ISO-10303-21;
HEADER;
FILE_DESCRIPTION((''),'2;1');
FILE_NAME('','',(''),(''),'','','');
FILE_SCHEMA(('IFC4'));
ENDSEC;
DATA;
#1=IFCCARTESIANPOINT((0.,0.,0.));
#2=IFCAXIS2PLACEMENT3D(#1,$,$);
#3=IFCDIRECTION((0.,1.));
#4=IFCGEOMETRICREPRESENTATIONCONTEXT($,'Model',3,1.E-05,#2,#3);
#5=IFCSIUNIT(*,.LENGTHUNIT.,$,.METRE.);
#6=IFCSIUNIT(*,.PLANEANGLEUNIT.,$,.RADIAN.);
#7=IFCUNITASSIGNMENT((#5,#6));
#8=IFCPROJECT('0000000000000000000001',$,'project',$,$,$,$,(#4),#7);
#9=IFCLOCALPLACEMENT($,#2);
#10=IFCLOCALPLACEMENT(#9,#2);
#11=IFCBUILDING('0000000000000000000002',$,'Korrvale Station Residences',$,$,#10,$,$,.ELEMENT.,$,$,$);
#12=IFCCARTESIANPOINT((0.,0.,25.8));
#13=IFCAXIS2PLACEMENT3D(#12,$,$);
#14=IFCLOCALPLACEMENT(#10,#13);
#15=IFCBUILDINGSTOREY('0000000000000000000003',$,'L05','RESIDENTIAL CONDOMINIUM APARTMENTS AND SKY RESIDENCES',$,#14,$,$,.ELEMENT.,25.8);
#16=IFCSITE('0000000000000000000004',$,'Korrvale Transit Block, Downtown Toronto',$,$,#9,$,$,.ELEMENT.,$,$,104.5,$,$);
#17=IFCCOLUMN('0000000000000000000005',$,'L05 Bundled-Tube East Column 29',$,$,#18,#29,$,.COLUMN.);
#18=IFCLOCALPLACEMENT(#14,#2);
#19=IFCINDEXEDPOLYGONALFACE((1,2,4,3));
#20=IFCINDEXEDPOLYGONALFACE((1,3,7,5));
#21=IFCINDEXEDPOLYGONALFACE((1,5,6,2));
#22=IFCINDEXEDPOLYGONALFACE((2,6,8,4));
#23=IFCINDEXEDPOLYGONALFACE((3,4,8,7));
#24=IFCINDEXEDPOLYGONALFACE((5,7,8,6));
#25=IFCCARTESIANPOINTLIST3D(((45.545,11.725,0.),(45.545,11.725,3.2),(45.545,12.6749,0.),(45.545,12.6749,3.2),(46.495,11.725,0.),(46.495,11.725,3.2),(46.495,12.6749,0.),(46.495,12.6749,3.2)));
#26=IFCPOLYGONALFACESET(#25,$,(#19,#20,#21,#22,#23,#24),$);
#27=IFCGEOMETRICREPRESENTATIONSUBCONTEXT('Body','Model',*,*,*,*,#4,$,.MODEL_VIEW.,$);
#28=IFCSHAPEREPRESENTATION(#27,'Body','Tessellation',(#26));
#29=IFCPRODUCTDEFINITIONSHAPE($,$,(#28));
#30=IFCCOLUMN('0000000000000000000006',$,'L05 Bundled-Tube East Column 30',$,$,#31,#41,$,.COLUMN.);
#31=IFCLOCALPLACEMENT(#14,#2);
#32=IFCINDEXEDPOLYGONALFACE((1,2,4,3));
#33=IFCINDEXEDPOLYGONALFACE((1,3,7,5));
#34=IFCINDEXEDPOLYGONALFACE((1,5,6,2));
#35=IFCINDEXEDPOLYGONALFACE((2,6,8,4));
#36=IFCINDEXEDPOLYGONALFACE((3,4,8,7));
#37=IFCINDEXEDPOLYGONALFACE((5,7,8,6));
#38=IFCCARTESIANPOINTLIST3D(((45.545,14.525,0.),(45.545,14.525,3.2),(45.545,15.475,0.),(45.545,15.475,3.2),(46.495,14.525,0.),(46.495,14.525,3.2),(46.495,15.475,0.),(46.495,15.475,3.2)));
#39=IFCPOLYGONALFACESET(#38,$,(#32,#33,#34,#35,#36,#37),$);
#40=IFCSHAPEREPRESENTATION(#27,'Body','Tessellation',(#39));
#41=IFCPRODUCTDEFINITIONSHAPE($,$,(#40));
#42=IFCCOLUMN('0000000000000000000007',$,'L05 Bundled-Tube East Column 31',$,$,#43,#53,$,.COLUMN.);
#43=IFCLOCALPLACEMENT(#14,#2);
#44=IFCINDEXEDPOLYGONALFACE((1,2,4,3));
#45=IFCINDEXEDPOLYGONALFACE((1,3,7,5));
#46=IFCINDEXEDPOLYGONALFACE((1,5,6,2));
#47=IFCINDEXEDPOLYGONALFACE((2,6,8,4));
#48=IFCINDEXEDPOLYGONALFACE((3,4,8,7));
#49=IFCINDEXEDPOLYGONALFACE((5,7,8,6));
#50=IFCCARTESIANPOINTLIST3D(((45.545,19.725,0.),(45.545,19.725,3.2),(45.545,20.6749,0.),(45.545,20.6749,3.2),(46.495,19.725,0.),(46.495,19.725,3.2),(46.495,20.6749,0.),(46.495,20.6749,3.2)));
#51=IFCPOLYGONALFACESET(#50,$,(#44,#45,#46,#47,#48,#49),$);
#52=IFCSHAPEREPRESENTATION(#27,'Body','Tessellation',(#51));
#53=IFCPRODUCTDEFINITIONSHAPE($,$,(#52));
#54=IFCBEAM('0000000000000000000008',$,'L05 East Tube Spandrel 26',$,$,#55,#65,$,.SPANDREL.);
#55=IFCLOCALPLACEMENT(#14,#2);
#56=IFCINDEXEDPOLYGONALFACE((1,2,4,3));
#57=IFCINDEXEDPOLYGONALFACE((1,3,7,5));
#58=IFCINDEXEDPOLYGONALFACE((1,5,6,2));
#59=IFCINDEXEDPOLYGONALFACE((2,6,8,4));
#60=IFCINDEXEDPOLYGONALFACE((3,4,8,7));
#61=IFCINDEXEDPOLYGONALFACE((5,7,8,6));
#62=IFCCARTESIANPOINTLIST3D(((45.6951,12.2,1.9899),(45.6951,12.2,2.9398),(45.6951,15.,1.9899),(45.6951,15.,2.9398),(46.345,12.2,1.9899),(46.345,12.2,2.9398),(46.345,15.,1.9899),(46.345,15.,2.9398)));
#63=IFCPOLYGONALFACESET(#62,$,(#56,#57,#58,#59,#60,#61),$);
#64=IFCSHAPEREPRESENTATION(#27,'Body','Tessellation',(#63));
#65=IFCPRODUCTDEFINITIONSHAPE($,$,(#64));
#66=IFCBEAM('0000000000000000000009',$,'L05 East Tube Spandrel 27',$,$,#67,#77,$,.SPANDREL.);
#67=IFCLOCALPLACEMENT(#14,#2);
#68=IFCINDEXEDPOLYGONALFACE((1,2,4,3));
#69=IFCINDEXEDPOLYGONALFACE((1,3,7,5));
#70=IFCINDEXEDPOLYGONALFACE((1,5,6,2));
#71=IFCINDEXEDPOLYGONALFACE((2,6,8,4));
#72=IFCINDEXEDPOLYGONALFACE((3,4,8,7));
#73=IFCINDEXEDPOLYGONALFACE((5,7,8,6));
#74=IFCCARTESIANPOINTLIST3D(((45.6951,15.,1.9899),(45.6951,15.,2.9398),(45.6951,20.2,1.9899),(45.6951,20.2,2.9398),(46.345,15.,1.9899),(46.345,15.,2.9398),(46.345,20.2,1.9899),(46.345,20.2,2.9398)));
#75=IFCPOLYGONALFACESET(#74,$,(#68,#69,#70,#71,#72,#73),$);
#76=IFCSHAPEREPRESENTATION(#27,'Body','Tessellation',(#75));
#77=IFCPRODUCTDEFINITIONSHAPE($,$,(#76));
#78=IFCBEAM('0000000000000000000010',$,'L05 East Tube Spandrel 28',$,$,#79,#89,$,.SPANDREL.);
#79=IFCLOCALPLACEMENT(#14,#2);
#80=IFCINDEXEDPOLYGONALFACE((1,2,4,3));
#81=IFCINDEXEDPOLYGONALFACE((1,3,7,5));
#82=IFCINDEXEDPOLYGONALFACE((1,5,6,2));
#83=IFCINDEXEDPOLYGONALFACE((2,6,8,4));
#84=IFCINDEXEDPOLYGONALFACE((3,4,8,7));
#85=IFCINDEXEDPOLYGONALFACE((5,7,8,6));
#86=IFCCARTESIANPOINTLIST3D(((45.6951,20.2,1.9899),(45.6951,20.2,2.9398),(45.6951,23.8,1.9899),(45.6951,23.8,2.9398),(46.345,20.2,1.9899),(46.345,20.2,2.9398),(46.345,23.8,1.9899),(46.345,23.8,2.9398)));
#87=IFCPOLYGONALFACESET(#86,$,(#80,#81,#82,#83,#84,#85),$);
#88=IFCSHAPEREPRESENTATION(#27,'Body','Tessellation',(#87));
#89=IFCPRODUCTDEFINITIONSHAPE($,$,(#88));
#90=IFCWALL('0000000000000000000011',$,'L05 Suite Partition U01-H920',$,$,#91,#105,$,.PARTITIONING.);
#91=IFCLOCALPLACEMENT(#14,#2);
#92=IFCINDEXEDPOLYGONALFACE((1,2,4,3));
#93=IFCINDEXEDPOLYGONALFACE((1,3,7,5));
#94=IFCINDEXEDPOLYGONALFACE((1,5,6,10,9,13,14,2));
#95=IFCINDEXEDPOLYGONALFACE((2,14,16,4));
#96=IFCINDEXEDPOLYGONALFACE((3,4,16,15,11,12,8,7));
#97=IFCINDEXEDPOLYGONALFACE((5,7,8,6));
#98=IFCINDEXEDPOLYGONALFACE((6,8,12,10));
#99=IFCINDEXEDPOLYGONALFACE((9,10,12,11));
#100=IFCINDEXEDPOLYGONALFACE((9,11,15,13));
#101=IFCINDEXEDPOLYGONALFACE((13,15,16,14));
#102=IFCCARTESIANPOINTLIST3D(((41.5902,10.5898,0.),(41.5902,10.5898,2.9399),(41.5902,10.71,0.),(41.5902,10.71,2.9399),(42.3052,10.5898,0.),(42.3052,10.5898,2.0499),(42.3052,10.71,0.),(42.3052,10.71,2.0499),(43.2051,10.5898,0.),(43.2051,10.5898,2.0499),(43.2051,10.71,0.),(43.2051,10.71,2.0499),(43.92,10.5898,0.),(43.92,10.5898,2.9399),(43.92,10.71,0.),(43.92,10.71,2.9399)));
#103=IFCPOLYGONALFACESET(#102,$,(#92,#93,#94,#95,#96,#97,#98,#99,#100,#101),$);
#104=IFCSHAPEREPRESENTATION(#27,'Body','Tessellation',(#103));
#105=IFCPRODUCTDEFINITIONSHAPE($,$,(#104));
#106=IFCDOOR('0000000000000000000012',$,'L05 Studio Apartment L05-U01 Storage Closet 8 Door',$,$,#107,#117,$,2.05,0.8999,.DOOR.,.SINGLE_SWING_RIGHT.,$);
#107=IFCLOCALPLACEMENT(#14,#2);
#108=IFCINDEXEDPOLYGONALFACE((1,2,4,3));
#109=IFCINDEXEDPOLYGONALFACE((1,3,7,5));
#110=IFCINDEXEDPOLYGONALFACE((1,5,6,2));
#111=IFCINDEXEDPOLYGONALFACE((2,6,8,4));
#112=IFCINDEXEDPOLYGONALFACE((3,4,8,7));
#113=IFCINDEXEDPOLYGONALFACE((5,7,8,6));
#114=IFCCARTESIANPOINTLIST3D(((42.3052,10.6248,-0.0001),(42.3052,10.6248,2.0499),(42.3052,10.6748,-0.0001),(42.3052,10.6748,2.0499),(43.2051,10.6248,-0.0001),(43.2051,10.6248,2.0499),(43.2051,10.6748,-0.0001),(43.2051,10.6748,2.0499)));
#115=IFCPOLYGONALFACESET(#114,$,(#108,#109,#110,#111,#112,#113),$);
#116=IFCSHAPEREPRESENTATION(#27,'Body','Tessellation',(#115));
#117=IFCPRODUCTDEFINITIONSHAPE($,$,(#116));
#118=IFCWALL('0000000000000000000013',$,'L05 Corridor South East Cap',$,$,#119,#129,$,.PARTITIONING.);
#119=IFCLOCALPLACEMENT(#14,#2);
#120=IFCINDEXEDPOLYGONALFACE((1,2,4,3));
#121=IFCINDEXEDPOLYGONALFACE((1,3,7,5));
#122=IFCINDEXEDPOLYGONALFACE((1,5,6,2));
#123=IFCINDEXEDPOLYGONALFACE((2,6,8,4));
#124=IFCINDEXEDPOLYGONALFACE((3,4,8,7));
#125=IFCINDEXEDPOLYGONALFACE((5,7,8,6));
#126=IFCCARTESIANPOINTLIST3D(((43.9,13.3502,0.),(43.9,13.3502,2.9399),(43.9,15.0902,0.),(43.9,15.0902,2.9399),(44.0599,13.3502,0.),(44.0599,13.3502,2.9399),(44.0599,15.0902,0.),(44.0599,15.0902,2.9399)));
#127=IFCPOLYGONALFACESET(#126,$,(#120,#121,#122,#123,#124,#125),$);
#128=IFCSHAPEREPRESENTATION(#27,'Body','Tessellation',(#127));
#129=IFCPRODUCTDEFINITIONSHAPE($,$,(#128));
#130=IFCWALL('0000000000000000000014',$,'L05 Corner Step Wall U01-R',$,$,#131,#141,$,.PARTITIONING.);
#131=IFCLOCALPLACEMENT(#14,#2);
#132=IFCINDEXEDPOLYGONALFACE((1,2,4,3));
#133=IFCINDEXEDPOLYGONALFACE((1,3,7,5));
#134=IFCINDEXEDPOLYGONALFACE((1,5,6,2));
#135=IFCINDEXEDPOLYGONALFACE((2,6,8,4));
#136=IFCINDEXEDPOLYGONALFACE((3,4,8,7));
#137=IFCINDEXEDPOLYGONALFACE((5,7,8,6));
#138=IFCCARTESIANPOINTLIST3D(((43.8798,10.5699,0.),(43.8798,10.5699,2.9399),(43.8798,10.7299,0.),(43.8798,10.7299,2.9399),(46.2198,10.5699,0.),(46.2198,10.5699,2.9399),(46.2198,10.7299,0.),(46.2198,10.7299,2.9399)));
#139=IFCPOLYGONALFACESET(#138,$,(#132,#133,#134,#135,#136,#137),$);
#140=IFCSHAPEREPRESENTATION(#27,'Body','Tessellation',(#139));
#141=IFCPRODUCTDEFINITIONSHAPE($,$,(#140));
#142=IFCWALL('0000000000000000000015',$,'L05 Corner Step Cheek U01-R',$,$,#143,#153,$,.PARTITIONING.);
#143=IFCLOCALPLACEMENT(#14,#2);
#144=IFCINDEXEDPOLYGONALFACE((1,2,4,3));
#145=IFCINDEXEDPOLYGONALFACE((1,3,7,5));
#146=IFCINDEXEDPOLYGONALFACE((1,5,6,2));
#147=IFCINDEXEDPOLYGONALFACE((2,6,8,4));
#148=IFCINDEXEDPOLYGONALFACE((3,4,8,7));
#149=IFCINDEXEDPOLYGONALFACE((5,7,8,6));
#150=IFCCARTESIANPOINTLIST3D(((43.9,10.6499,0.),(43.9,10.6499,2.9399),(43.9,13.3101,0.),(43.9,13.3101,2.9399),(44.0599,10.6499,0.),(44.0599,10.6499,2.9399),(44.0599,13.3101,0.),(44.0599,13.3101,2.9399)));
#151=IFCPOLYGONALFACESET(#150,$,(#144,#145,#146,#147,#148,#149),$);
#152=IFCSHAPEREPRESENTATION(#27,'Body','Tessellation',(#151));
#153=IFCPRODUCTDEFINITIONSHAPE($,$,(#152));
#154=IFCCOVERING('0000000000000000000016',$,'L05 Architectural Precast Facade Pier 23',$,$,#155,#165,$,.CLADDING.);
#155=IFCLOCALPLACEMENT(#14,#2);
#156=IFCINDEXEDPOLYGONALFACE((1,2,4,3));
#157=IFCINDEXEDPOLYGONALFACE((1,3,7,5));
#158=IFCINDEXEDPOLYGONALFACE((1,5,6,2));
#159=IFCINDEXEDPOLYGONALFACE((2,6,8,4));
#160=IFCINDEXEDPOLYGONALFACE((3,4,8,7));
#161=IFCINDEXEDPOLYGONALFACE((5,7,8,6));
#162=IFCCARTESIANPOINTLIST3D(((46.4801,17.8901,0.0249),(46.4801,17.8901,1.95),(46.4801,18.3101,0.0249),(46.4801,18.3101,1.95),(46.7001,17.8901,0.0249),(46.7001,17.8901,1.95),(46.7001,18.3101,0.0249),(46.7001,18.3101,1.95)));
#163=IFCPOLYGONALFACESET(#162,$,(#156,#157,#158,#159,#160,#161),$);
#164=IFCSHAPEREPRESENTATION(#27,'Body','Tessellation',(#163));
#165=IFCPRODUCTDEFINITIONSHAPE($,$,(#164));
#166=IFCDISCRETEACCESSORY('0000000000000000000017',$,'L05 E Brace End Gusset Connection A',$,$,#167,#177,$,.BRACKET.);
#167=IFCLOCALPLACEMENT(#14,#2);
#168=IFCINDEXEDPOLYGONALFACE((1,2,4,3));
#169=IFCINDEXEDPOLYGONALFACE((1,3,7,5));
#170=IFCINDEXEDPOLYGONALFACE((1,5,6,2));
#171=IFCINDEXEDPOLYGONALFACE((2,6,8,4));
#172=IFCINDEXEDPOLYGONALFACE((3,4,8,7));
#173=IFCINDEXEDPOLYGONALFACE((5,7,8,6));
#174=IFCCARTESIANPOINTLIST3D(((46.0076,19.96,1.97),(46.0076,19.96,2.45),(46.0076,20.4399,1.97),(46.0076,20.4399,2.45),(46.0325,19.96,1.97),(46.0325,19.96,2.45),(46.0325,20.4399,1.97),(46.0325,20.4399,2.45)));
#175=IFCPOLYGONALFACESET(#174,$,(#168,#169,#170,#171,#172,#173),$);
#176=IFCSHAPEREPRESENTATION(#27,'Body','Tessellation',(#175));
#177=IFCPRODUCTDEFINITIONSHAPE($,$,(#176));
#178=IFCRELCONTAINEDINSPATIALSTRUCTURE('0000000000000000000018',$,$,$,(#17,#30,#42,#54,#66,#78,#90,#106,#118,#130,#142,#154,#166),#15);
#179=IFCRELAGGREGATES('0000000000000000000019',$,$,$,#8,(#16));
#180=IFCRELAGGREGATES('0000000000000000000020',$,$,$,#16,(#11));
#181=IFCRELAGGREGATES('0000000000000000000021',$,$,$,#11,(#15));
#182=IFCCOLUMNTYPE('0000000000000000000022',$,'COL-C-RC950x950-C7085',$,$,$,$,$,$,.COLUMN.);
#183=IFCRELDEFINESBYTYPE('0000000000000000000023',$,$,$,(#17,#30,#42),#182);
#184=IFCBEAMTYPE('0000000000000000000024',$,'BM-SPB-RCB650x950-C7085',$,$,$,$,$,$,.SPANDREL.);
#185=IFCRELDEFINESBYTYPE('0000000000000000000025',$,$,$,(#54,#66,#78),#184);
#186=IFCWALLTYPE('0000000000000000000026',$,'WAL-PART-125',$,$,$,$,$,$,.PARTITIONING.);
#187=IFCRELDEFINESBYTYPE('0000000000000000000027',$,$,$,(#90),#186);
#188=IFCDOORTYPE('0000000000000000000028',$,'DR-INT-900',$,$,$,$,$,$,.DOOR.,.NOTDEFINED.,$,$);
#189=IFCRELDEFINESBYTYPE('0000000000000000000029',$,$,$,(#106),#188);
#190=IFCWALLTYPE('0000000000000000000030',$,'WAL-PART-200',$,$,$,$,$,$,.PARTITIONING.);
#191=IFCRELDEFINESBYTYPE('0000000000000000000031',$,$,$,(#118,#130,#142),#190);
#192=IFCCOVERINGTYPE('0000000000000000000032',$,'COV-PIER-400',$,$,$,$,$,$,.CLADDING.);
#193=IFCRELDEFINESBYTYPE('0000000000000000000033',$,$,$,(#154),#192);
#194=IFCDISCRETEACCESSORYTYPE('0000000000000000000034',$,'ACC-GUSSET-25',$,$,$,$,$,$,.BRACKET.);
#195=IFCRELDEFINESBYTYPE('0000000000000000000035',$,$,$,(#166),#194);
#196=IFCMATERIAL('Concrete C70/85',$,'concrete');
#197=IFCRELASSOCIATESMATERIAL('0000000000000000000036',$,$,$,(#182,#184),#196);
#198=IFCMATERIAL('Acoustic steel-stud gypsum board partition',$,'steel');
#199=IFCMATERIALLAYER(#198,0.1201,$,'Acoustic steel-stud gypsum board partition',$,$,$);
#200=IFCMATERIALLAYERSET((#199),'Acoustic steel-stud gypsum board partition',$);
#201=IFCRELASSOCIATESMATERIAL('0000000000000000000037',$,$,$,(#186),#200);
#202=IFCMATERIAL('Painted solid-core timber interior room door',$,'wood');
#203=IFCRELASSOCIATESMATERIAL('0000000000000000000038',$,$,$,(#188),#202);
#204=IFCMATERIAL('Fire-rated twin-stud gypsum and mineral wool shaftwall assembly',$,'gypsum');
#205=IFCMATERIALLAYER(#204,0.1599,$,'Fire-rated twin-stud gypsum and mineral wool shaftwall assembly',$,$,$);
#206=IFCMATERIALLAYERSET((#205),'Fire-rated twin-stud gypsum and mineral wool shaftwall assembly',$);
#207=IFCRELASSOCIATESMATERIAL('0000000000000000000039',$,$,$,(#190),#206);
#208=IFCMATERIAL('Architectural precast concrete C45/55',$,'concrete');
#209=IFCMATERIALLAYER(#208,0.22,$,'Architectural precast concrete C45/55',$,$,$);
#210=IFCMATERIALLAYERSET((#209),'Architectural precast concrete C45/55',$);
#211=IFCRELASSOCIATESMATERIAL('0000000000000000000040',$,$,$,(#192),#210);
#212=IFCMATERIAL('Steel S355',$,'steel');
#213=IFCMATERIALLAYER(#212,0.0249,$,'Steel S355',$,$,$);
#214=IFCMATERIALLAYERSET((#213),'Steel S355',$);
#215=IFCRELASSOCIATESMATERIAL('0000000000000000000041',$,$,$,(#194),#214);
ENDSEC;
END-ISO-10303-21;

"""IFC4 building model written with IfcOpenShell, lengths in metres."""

from ifc_helpers import new_model, si_unit, direction, frame, frame_2d, origin, origin_2d, place, context, subcontext, project, spatial, rectangle, extrude, material, layer, layer_set, material_profile, profile_set, type_object, element, fill, save


model = new_model("IFC4")

# Units and contexts
model_context = context("Model", 3, precision=1e-05, world=origin(), true_north=direction((0.0, 1.0)))
body_context = subcontext(model_context, "Body", "Model", "MODEL_VIEW")
ifc_project = project(units=[si_unit("LENGTHUNIT", "METRE"), si_unit("PLANEANGLEUNIT", "RADIAN")], contexts=[model_context])

# Site, building, storey
site_placement = place(None, origin())
site = spatial("IfcSite", under=ifc_project, at=site_placement, Name="Korrvale Transit Block, Downtown Toronto", CompositionType="ELEMENT", RefElevation=104.5)
building_placement = place(site_placement, origin())
building = spatial("IfcBuilding", under=site, at=building_placement, Name="Korrvale Station Residences", CompositionType="ELEMENT")
storey_placement = place(building_placement, frame((0.0, 0.0, 25.8)))
storey = spatial("IfcBuildingStorey", under=building, at=storey_placement, Name="L05", Description="RESIDENTIAL CONDOMINIUM APARTMENTS AND SKY RESIDENCES", CompositionType="ELEMENT", Elevation=25.8)

# Columns
ifc_material_1 = material(Name="Concrete C70/85", Category="concrete")
ifc_material_profile_1 = material_profile(ifc_material_1, rectangle(XDim=0.95, YDim=0.95, at=origin_2d()), Name="RC950x950")
ifc_profile_set_1 = profile_set([ifc_material_profile_1], Name="Concrete C70/85")
column_type = type_object("IfcColumnType", Name="COL-C-RC950x950-C7085", PredefinedType="COLUMN", material=ifc_profile_set_1)
for number, where, z_axis, x_axis, name in (
    (1, (46.02, 12.2, 0.0), (0.0, 0.0, 1.0), (1.0, 0.0, 0.0), "L05 Bundled-Tube East Column 29"),
    (2, (46.02, 15.0, 0.0), (0.0, 0.0, 1.0), (1.0, 0.0, 0.0), "L05 Bundled-Tube East Column 30"),
    (3, (46.02, 20.2, 0.0), (0.0, 0.0, 1.0), (1.0, 0.0, 0.0), "L05 Bundled-Tube East Column 31"),
):
    element("IfcColumn", number, at=place(storey_placement, frame(where, z_axis=z_axis, x_axis=x_axis)), inside=storey, type_object=column_type, Name=name, PredefinedType="COLUMN", context=body_context, shape_type="SweptSolid", body=[
        extrude(rectangle(XDim=0.95, YDim=0.95, at=origin_2d()), origin(), (0.0, 0.0, 1.0), 3.2),
    ])

# Beams
ifc_material_profile_2 = material_profile(ifc_material_1, rectangle(XDim=0.6499, YDim=0.95, at=origin_2d()), Name="RCB650x950")
ifc_profile_set_2 = profile_set([ifc_material_profile_2], Name="Concrete C70/85")
beam_type = type_object("IfcBeamType", Name="BM-SPB-RCB650x950-C7085", PredefinedType="SPANDREL", material=ifc_profile_set_2)
beam_1_placement = place(storey_placement, frame((46.02, 12.2, 2.4648), z_axis=(0.0, 1.0, 0.0), x_axis=(-1.0, 0.0, 0.0)))
element("IfcBeam", 4, at=beam_1_placement, inside=storey, type_object=beam_type, Name="L05 East Tube Spandrel 26", PredefinedType="SPANDREL", context=body_context, shape_type="SweptSolid", body=[
    extrude(rectangle(XDim=0.6499, YDim=0.95, at=origin_2d()), origin(), (0.0, 0.0, 1.0), 2.8),
])
beam_2_placement = place(storey_placement, frame((46.02, 15.0, 2.4648), z_axis=(0.0, 1.0, 0.0), x_axis=(-1.0, 0.0, 0.0)))
element("IfcBeam", 5, at=beam_2_placement, inside=storey, type_object=beam_type, Name="L05 East Tube Spandrel 27", PredefinedType="SPANDREL", context=body_context, shape_type="SweptSolid", body=[
    extrude(rectangle(XDim=0.6499, YDim=0.95, at=origin_2d()), origin(), (0.0, 0.0, 1.0), 5.2),
])
beam_3_placement = place(storey_placement, frame((46.02, 20.2, 2.4648), z_axis=(0.0, 1.0, 0.0), x_axis=(-1.0, 0.0, 0.0)))
element("IfcBeam", 6, at=beam_3_placement, inside=storey, type_object=beam_type, Name="L05 East Tube Spandrel 28", PredefinedType="SPANDREL", context=body_context, shape_type="SweptSolid", body=[
    extrude(rectangle(XDim=0.6499, YDim=0.95, at=origin_2d()), origin(), (0.0, 0.0, 1.0), 3.6001),
])

# Wall, opening, door
ifc_material_2 = material(Name="Acoustic steel-stud gypsum board partition", Category="steel")
ifc_layer_1 = layer(ifc_material_2, 0.1201, Name="Acoustic steel-stud gypsum board partition")
ifc_layer_set_1 = layer_set([ifc_layer_1], Name="Acoustic steel-stud gypsum board partition")
wall_type_1 = type_object("IfcWallType", Name="WAL-PART-125", PredefinedType="PARTITIONING", material=ifc_layer_set_1)
wall_1_placement = place(storey_placement, frame((41.5901, 10.6499, 0.0), z_axis=(0.0, 0.0, 1.0), x_axis=(1.0, 0.0, 0.0)))
wall_1 = element("IfcWall", 7, at=wall_1_placement, inside=storey, type_object=wall_type_1, Name="L05 Suite Partition U01-H920", PredefinedType="PARTITIONING", context=body_context, shape_type="SweptSolid", body=[
    extrude(rectangle(XDim=2.3298, YDim=0.1201, at=frame_2d((1.165, 0.0))), origin(), (0.0, 0.0, 1.0), 2.9399),
])
opening_placement = place(wall_1_placement, frame((0.7151, 0.0, 0.0)))
opening = element("IfcOpeningElement", 8, at=opening_placement, cuts=wall_1, PredefinedType="OPENING", context=body_context, shape_type="SweptSolid", body=[
    extrude(rectangle(XDim=0.8999, YDim=2.05, at=frame_2d((0.45, 1.0249))), frame((0.0, 0.0701, 0.0), z_axis=(0.0, -1.0, 0.0), x_axis=(1.0, 0.0, 0.0)), (0.0, 0.0, 1.0), 0.1401),
])
ifc_material_3 = material(Name="Painted solid-core timber interior room door", Category="wood")
door_type = type_object("IfcDoorType", Name="DR-INT-900", OperationType="NOTDEFINED", PredefinedType="DOOR", material=ifc_material_3)
door_placement = place(opening_placement, origin())
door = element("IfcDoor", 9, at=door_placement, inside=storey, type_object=door_type, Name="L05 Studio Apartment L05-U01 Storage Closet 8 Door", OperationType="SINGLE_SWING_RIGHT", OverallHeight=2.05, OverallWidth=0.8999, PredefinedType="DOOR", context=body_context, shape_type="SweptSolid", body=[
    extrude(rectangle(XDim=0.8999, YDim=2.05, at=frame_2d((0.45, 1.0249))), frame((0.0, 0.0249, 0.0), z_axis=(0.0, -1.0, 0.0), x_axis=(1.0, 0.0, 0.0)), (0.0, 0.0, 1.0), 0.05),
])
fill(opening, door)

# Walls
ifc_material_4 = material(Name="Fire-rated twin-stud gypsum and mineral wool shaftwall assembly", Category="gypsum")
ifc_layer_2 = layer(ifc_material_4, 0.1599, Name="Fire-rated twin-stud gypsum and mineral wool shaftwall assembly")
ifc_layer_set_2 = layer_set([ifc_layer_2], Name="Fire-rated twin-stud gypsum and mineral wool shaftwall assembly")
wall_type_2 = type_object("IfcWallType", Name="WAL-PART-200", PredefinedType="PARTITIONING", material=ifc_layer_set_2)
wall_2_placement = place(storey_placement, frame((43.98, 13.3501, 0.0), z_axis=(0.0, 0.0, 1.0), x_axis=(0.0, 1.0, 0.0)))
element("IfcWall", 10, at=wall_2_placement, inside=storey, type_object=wall_type_2, Name="L05 Corridor South East Cap", PredefinedType="PARTITIONING", context=body_context, shape_type="SweptSolid", body=[
    extrude(rectangle(XDim=1.74, YDim=0.1599, at=frame_2d((0.8701, 0.0))), origin(), (0.0, 0.0, 1.0), 2.9399),
])
wall_3_placement = place(storey_placement, frame((43.8799, 10.6499, 0.0), z_axis=(0.0, 0.0, 1.0), x_axis=(1.0, 0.0, 0.0)))
element("IfcWall", 11, at=wall_3_placement, inside=storey, type_object=wall_type_2, Name="L05 Corner Step Wall U01-R", PredefinedType="PARTITIONING", context=body_context, shape_type="SweptSolid", body=[
    extrude(rectangle(XDim=2.3401, YDim=0.1599, at=frame_2d((1.1699, 0.0))), origin(), (0.0, 0.0, 1.0), 2.9399),
])
wall_4_placement = place(storey_placement, frame((43.98, 10.6499, 0.0), z_axis=(0.0, 0.0, 1.0), x_axis=(0.0, 1.0, 0.0)))
element("IfcWall", 12, at=wall_4_placement, inside=storey, type_object=wall_type_2, Name="L05 Corner Step Cheek U01-R", PredefinedType="PARTITIONING", context=body_context, shape_type="SweptSolid", body=[
    extrude(rectangle(XDim=2.6602, YDim=0.1599, at=frame_2d((1.3301, 0.0))), origin(), (0.0, 0.0, 1.0), 2.9399),
])

# Covering
ifc_material_5 = material(Name="Architectural precast concrete C45/55", Category="concrete")
ifc_layer_3 = layer(ifc_material_5, 0.22, Name="Architectural precast concrete C45/55")
ifc_layer_set_3 = layer_set([ifc_layer_3], Name="Architectural precast concrete C45/55")
covering_type = type_object("IfcCoveringType", Name="COV-PIER-400", PredefinedType="CLADDING", material=ifc_layer_set_3)
covering_placement = place(storey_placement, frame((46.5901, 18.1001, 0.0249), z_axis=(0.0, 0.0, 1.0), x_axis=(0.0, 1.0, 0.0)))
element("IfcCovering", 13, at=covering_placement, inside=storey, type_object=covering_type, Name="L05 Architectural Precast Facade Pier 23", PredefinedType="CLADDING", context=body_context, shape_type="SweptSolid", body=[
    extrude(rectangle(XDim=0.4199, YDim=0.22, at=origin_2d()), origin(), (0.0, 0.0, 1.0), 1.925),
])

# Discrete accessory
ifc_material_6 = material(Name="Steel S355", Category="steel")
ifc_layer_4 = layer(ifc_material_6, 0.0249, Name="Steel S355")
ifc_layer_set_4 = layer_set([ifc_layer_4], Name="Steel S355")
discrete_accessory_type = type_object("IfcDiscreteAccessoryType", Name="ACC-GUSSET-25", PredefinedType="BRACKET", material=ifc_layer_set_4)
discrete_accessory_placement = place(storey_placement, frame((46.02, 20.2, 1.97), z_axis=(0.0, 0.0, 1.0), x_axis=(0.0, 1.0, 0.0)))
element("IfcDiscreteAccessory", 14, at=discrete_accessory_placement, inside=storey, type_object=discrete_accessory_type, Name="L05 E Brace End Gusset Connection A", PredefinedType="BRACKET", context=body_context, shape_type="SweptSolid", body=[
    extrude(rectangle(XDim=0.48, YDim=0.0249, at=origin_2d()), origin(), (0.0, 0.0, 1.0), 0.48),
])

save(model, "model.ifc")
